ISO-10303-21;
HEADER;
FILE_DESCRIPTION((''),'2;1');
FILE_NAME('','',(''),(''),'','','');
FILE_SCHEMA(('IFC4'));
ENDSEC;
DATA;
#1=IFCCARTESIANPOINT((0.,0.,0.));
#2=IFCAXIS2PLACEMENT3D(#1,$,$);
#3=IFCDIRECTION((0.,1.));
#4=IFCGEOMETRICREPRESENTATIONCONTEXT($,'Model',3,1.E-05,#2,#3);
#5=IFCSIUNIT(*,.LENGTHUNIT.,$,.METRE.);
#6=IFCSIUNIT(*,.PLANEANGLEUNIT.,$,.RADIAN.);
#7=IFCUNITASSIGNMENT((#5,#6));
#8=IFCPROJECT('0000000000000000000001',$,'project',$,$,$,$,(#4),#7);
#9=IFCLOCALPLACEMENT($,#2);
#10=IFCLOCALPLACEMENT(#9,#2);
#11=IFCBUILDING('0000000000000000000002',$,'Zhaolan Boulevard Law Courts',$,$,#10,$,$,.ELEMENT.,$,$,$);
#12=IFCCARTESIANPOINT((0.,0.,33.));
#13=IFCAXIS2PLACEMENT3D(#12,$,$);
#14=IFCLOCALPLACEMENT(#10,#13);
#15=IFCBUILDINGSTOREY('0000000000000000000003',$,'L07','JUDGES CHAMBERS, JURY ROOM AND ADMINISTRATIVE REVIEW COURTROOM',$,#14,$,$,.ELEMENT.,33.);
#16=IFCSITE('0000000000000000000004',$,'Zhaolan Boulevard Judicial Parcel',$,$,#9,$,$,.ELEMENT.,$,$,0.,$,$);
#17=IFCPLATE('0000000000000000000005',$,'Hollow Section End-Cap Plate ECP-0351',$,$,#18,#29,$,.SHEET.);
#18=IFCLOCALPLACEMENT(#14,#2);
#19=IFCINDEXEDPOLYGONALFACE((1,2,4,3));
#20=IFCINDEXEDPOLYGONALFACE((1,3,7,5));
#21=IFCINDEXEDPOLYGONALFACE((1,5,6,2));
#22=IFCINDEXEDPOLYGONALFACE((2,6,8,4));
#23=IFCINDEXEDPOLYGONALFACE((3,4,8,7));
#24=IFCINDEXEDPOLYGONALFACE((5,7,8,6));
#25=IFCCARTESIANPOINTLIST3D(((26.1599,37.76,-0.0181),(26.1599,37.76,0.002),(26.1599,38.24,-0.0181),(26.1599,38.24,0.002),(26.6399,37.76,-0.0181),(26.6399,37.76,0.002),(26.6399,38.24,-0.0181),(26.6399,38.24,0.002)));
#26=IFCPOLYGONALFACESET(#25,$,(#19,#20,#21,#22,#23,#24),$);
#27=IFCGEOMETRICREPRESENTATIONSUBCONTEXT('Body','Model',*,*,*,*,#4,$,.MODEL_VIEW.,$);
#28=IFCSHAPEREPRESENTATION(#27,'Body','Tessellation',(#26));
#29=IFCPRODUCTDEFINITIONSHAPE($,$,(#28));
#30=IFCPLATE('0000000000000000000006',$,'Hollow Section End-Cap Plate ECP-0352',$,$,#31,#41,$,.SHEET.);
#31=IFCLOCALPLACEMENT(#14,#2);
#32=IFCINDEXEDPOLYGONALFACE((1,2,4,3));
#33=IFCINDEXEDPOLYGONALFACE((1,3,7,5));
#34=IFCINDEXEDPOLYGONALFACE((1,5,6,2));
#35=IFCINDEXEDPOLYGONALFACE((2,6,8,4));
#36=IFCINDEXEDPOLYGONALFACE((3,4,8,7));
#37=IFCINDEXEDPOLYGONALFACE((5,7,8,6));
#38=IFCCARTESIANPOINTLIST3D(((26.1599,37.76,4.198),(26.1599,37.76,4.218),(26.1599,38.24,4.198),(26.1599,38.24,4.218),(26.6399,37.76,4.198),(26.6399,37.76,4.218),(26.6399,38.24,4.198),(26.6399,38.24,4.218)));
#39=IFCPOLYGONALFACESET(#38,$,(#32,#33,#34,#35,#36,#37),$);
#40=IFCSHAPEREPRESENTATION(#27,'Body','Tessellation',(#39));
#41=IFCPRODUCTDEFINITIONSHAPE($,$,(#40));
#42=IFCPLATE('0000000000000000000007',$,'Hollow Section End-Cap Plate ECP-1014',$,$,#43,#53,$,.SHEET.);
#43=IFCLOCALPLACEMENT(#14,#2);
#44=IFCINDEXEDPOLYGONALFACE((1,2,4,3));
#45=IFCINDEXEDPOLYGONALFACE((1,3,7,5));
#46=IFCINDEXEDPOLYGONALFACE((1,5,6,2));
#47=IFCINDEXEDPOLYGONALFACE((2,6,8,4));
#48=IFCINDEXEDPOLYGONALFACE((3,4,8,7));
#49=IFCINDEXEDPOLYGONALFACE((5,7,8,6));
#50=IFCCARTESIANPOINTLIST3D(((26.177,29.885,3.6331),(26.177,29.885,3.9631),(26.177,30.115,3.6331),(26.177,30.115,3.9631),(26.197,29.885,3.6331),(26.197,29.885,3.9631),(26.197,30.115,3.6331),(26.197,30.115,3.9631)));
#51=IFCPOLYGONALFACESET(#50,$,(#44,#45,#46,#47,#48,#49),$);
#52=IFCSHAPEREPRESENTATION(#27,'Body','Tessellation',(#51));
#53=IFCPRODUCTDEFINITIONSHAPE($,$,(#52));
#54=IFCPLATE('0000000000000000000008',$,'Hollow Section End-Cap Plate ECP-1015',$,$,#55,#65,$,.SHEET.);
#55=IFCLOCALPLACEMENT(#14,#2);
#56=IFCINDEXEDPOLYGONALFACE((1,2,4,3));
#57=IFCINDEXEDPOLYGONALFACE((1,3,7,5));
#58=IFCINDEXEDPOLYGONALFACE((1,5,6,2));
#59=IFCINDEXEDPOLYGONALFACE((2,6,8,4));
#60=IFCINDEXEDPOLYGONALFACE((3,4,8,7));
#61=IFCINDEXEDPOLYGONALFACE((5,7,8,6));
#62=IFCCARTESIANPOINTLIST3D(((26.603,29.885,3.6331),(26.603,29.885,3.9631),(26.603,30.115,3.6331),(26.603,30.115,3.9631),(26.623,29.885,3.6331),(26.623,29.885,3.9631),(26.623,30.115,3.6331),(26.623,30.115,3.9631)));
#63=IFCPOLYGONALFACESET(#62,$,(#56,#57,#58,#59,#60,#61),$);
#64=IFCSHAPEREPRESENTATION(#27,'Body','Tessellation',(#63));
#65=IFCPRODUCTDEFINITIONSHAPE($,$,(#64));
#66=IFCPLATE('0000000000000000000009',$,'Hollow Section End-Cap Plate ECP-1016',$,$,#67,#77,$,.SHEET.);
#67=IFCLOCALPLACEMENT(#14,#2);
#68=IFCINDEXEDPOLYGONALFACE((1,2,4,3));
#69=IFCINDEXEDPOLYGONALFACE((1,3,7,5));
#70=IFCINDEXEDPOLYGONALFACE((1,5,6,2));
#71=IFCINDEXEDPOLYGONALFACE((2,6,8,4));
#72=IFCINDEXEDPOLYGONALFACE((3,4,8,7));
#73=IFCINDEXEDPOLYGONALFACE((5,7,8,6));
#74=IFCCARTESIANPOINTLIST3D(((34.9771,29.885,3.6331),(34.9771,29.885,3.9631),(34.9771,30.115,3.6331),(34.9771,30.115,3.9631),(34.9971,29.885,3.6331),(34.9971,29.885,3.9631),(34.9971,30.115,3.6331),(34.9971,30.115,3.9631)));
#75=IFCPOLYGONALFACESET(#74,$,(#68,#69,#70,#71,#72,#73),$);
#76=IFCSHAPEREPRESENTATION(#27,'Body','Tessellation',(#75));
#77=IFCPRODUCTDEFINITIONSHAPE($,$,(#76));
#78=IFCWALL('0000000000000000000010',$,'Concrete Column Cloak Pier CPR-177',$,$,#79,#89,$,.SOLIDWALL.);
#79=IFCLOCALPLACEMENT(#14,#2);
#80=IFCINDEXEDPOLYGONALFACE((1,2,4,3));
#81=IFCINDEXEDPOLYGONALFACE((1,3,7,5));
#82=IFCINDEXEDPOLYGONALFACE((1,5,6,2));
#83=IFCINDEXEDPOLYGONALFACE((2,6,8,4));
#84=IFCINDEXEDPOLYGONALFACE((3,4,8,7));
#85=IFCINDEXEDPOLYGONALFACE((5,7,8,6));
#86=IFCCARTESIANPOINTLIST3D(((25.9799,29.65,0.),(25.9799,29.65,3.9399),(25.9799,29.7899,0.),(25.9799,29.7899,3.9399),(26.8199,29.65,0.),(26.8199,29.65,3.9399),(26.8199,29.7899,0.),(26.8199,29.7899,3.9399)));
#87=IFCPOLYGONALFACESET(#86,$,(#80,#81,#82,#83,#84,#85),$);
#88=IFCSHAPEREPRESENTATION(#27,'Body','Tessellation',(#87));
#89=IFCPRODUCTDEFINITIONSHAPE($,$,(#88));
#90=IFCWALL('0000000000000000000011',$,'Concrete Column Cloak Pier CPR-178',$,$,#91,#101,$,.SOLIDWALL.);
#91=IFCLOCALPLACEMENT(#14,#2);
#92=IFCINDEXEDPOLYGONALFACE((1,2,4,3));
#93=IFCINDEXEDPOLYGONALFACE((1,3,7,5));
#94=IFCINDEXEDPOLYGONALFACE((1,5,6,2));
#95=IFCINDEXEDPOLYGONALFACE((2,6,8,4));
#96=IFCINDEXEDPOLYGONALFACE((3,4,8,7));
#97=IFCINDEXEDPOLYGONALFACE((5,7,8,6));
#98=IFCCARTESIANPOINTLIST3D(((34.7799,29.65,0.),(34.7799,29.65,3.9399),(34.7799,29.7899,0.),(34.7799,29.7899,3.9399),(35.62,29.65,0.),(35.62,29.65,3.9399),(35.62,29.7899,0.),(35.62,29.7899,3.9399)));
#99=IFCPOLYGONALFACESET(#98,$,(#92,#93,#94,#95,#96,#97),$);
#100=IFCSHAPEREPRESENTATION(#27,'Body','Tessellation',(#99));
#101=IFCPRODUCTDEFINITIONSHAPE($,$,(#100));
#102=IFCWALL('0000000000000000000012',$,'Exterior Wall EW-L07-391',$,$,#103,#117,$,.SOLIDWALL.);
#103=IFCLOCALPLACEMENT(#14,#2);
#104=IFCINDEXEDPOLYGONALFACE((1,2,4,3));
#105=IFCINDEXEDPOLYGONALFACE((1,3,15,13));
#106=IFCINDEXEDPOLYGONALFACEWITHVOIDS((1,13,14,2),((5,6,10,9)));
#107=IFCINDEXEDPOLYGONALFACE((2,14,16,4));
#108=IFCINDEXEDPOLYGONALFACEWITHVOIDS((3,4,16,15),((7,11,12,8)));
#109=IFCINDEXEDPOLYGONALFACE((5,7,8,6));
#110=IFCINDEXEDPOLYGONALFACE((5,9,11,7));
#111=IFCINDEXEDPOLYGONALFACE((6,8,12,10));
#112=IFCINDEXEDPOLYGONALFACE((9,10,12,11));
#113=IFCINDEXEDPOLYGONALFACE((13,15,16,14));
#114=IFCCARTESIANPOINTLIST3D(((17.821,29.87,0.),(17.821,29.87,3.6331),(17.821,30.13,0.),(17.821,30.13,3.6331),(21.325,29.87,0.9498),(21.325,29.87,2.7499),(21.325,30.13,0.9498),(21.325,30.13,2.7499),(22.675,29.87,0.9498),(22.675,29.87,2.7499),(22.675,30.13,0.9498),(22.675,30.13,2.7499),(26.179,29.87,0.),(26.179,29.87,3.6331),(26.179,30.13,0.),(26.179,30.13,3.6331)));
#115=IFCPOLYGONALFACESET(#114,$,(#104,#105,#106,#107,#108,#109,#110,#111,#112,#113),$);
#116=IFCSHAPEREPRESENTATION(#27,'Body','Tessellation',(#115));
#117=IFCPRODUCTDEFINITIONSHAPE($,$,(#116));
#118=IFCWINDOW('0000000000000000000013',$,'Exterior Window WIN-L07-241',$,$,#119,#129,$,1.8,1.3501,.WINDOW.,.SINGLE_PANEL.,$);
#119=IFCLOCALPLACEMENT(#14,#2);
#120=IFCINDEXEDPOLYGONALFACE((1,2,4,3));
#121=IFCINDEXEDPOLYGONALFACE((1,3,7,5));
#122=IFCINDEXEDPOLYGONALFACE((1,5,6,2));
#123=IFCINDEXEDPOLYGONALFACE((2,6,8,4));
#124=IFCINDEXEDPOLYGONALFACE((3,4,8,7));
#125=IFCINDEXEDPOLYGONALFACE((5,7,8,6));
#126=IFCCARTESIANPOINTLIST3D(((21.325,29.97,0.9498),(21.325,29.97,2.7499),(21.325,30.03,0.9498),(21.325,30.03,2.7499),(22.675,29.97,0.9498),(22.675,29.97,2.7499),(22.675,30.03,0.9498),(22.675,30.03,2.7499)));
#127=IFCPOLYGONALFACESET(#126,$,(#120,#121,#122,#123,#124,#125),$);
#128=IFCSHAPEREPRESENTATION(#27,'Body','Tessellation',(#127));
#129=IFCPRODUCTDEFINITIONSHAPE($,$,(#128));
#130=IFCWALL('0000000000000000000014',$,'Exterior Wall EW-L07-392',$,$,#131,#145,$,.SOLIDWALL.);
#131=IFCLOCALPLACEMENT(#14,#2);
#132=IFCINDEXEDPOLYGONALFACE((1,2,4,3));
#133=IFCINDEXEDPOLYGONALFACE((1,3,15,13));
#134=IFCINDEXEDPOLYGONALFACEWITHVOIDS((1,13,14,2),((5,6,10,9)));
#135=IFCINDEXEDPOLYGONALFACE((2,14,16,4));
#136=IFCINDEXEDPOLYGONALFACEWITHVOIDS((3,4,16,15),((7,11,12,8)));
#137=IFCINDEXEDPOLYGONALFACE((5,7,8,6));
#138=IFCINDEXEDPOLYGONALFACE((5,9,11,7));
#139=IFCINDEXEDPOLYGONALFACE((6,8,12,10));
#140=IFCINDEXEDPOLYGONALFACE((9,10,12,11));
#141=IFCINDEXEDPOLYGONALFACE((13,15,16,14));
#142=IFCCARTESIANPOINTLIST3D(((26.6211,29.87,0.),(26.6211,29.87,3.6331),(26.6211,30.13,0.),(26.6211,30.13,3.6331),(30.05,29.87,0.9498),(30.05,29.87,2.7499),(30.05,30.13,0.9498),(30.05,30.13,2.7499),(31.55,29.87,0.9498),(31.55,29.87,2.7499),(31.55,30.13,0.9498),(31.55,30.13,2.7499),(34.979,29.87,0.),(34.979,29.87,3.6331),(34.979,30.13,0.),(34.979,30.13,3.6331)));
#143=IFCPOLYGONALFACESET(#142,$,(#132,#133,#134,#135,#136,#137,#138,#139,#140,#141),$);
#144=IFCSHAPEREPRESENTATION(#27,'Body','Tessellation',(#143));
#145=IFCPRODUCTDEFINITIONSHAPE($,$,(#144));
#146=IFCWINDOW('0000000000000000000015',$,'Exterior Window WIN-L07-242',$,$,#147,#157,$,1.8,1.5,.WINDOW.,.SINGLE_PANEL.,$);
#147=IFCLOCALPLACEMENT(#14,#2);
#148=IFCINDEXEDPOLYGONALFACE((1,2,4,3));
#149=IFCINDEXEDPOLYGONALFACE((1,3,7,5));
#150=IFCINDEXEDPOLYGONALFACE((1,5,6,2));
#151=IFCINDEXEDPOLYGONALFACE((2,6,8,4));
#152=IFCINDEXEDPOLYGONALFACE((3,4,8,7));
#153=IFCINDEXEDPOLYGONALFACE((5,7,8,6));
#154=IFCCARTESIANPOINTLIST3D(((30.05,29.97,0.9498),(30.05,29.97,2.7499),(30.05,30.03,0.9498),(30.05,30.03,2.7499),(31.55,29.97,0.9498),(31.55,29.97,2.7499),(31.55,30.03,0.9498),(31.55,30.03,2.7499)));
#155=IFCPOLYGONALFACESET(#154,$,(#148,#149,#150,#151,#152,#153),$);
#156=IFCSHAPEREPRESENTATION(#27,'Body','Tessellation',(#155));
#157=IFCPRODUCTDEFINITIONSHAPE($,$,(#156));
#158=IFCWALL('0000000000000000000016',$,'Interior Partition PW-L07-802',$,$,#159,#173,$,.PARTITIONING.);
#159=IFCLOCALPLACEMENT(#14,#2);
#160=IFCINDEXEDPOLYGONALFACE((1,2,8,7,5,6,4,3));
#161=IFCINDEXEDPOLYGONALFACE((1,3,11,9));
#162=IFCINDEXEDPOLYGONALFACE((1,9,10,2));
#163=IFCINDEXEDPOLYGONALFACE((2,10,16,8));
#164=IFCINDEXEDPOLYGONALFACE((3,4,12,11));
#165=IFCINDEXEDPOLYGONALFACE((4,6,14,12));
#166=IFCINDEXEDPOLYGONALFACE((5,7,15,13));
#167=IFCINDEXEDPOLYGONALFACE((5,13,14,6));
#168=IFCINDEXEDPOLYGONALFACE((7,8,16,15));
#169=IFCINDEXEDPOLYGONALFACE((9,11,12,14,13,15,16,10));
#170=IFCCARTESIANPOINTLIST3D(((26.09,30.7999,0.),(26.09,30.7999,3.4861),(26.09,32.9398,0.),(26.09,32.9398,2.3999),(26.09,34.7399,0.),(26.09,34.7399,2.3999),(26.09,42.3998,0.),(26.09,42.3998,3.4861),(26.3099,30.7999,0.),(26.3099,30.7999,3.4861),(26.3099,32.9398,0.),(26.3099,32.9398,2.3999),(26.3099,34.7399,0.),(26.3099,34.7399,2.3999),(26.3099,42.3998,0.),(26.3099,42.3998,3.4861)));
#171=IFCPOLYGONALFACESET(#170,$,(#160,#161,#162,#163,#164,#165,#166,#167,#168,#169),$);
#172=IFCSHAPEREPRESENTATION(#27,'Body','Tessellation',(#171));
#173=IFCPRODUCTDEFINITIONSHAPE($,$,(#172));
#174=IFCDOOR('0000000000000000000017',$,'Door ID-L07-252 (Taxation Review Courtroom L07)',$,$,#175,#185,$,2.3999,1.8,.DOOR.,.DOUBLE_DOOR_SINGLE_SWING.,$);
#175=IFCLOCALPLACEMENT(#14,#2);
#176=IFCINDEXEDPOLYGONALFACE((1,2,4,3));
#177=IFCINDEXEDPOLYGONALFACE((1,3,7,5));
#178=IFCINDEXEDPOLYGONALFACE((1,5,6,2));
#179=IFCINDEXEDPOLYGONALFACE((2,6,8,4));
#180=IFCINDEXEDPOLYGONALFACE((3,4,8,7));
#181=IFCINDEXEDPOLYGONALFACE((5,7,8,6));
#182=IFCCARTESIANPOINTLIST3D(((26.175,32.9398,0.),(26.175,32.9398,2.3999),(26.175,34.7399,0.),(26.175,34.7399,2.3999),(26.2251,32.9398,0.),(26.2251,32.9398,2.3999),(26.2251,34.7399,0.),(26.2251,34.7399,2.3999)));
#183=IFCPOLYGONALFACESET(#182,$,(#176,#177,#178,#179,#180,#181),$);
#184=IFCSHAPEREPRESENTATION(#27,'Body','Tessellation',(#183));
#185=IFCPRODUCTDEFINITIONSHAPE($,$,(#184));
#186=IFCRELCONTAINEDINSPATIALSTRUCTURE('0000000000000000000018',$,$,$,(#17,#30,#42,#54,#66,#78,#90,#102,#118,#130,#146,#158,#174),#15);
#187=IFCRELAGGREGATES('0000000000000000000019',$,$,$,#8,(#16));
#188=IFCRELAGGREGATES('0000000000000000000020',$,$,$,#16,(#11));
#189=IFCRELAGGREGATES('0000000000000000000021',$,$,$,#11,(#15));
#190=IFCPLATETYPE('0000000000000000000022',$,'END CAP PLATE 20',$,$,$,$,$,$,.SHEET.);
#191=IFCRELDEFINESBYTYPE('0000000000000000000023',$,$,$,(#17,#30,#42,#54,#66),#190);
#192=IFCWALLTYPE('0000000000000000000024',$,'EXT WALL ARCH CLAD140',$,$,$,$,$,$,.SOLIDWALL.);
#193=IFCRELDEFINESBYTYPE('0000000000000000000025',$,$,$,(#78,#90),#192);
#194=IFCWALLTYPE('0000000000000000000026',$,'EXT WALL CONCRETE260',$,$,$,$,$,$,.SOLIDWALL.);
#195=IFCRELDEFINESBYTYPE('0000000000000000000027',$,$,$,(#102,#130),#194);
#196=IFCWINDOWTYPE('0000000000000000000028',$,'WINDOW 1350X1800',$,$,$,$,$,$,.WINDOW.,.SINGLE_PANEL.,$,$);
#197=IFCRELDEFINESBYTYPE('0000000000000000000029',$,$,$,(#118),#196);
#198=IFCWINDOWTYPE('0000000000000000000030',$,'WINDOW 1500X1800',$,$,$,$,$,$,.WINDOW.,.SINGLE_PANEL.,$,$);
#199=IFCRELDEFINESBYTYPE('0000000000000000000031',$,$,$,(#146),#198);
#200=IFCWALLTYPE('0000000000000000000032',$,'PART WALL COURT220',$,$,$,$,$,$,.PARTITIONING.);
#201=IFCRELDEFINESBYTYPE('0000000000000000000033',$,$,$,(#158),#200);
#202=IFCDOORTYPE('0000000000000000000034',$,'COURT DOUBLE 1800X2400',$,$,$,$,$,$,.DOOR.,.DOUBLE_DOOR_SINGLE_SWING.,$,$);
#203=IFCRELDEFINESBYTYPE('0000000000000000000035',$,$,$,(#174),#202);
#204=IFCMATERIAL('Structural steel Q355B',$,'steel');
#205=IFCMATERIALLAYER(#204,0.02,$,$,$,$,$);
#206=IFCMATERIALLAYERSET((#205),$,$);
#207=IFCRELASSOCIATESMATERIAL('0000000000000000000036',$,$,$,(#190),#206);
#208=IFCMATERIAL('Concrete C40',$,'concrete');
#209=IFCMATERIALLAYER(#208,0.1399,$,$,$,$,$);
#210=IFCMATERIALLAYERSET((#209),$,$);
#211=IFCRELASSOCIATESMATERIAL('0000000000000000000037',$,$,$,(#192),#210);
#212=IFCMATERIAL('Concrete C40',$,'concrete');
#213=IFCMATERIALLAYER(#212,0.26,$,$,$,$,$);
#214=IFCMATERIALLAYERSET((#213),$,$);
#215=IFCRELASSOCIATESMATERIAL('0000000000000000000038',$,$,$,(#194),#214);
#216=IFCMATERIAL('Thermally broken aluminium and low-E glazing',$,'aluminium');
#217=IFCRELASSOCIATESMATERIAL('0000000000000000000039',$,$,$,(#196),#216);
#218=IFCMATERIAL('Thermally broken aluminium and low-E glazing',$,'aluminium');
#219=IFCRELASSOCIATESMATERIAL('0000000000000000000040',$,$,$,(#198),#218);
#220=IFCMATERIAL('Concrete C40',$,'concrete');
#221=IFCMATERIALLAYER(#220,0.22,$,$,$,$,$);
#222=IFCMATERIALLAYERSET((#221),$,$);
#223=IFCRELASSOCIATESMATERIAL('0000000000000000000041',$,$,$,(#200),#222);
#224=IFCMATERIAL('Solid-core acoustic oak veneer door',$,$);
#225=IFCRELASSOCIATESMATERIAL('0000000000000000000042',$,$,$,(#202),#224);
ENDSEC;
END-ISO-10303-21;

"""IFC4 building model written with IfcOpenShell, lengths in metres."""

from ifc_helpers import new_model, si_unit, direction, frame, frame_2d, origin, origin_2d, place, context, subcontext, project, spatial, rectangle, extrude, material, layer, layer_set, type_object, element, fill, save


model = new_model("IFC4")

# Units and contexts
model_context = context("Model", 3, precision=1e-05, world=origin(), true_north=direction((0.0, 1.0)))
body_context = subcontext(model_context, "Body", "Model", "MODEL_VIEW")
ifc_project = project(units=[si_unit("LENGTHUNIT", "METRE"), si_unit("PLANEANGLEUNIT", "RADIAN")], contexts=[model_context])

# Site, building, storey
site_placement = place(None, origin())
site = spatial("IfcSite", under=ifc_project, at=site_placement, Name="Zhaolan Boulevard Judicial Parcel", CompositionType="ELEMENT", RefElevation=0.0)
building_placement = place(site_placement, origin())
building = spatial("IfcBuilding", under=site, at=building_placement, Name="Zhaolan Boulevard Law Courts", CompositionType="ELEMENT")
storey_placement = place(building_placement, frame((0.0, 0.0, 33.0)))
storey = spatial("IfcBuildingStorey", under=building, at=storey_placement, Name="L07", Description="JUDGES CHAMBERS, JURY ROOM AND ADMINISTRATIVE REVIEW COURTROOM", CompositionType="ELEMENT", Elevation=33.0)

# Plates
ifc_material_1 = material(Name="Structural steel Q355B", Category="steel")
ifc_layer_1 = layer(ifc_material_1, 0.02)
ifc_layer_set_1 = layer_set([ifc_layer_1])
plate_type = type_object("IfcPlateType", Name="END CAP PLATE 20", PredefinedType="SHEET", material=ifc_layer_set_1)
for number, where, z_axis, x_axis, name in (
    (1, (26.3999, 38.0, -0.0181), (0.0, 0.0, 1.0), (1.0, 0.0, 0.0), "Hollow Section End-Cap Plate ECP-0351"),
    (2, (26.3999, 38.0, 4.198), (0.0, 0.0, 1.0), (1.0, 0.0, 0.0), "Hollow Section End-Cap Plate ECP-0352"),
):
    element("IfcPlate", number, at=place(storey_placement, frame(where, z_axis=z_axis, x_axis=x_axis)), inside=storey, type_object=plate_type, Name=name, PredefinedType="SHEET", context=body_context, shape_type="SweptSolid", body=[
        extrude(rectangle(XDim=0.48, YDim=0.48, at=origin_2d()), origin(), (0.0, 0.0, 1.0), 0.02),
    ])
for number, where, z_axis, x_axis, name in (
    (3, (26.187, 30.0, 3.6331), (0.0, 0.0, 1.0), (1.0, 0.0, 0.0), "Hollow Section End-Cap Plate ECP-1014"),
    (4, (26.613, 30.0, 3.6331), (0.0, 0.0, 1.0), (1.0, 0.0, 0.0), "Hollow Section End-Cap Plate ECP-1015"),
    (5, (34.9871, 30.0, 3.6331), (0.0, 0.0, 1.0), (1.0, 0.0, 0.0), "Hollow Section End-Cap Plate ECP-1016"),
):
    element("IfcPlate", number, at=place(storey_placement, frame(where, z_axis=z_axis, x_axis=x_axis)), inside=storey, type_object=plate_type, Name=name, PredefinedType="SHEET", context=body_context, shape_type="SweptSolid", body=[
        extrude(rectangle(XDim=0.02, YDim=0.23, at=origin_2d()), origin(), (0.0, 0.0, 1.0), 0.3301),
    ])

# Walls
ifc_material_2 = material(Name="Concrete C40", Category="concrete")
ifc_layer_2 = layer(ifc_material_2, 0.1399)
ifc_layer_set_2 = layer_set([ifc_layer_2])
wall_type_1 = type_object("IfcWallType", Name="EXT WALL ARCH CLAD140", PredefinedType="SOLIDWALL", material=ifc_layer_set_2)
for number, where, z_axis, x_axis, name in (
    (6, (25.98, 29.72, 0.0), (0.0, 0.0, 1.0), (1.0, 0.0, 0.0), "Concrete Column Cloak Pier CPR-177"),
    (7, (34.78, 29.72, 0.0), (0.0, 0.0, 1.0), (1.0, 0.0, 0.0), "Concrete Column Cloak Pier CPR-178"),
):
    element("IfcWall", number, at=place(storey_placement, frame(where, z_axis=z_axis, x_axis=x_axis)), inside=storey, type_object=wall_type_1, Name=name, PredefinedType="SOLIDWALL", context=body_context, shape_type="SweptSolid", body=[
        extrude(rectangle(XDim=0.8401, YDim=0.1399, at=frame_2d((0.4199, 0.0))), origin(), (0.0, 0.0, 1.0), 3.9399),
    ])

# Walls, openings, windows
ifc_material_3 = material(Name="Concrete C40", Category="concrete")
ifc_layer_3 = layer(ifc_material_3, 0.26)
ifc_layer_set_3 = layer_set([ifc_layer_3])
wall_type_2 = type_object("IfcWallType", Name="EXT WALL CONCRETE260", PredefinedType="SOLIDWALL", material=ifc_layer_set_3)
wall_1_placement = place(storey_placement, frame((17.821, 30.0, 0.0), z_axis=(0.0, 0.0, 1.0), x_axis=(1.0, 0.0, 0.0)))
wall_1 = element("IfcWall", 8, at=wall_1_placement, inside=storey, type_object=wall_type_2, Name="Exterior Wall EW-L07-391", PredefinedType="SOLIDWALL", context=body_context, shape_type="SweptSolid", body=[
    extrude(rectangle(XDim=8.3579, YDim=0.26, at=frame_2d((4.179, 0.0))), origin(), (0.0, 0.0, 1.0), 3.6331),
])
opening_1_placement = place(wall_1_placement, frame((3.5039, 0.0, 0.95)))
opening_1 = element("IfcOpeningElement", 9, at=opening_1_placement, cuts=wall_1, PredefinedType="OPENING", context=body_context, shape_type="SweptSolid", body=[
    extrude(rectangle(XDim=1.3501, YDim=1.8, at=frame_2d((0.675, 0.8999))), frame((0.0, 0.1399, 0.0), z_axis=(0.0, -1.0, 0.0), x_axis=(1.0, 0.0, 0.0)), (0.0, 0.0, 1.0), 0.28),
])
ifc_material_4 = material(Name="Thermally broken aluminium and low-E glazing", Category="aluminium")
window_type_1 = type_object("IfcWindowType", Name="WINDOW 1350X1800", PartitioningType="SINGLE_PANEL", PredefinedType="WINDOW", material=ifc_material_4)
window_1_placement = place(opening_1_placement, origin())
window_1 = element("IfcWindow", 10, at=window_1_placement, inside=storey, type_object=window_type_1, Name="Exterior Window WIN-L07-241", OverallHeight=1.8, OverallWidth=1.3501, PartitioningType="SINGLE_PANEL", PredefinedType="WINDOW", context=body_context, shape_type="SweptSolid", body=[
    extrude(rectangle(XDim=1.3501, YDim=1.8, at=frame_2d((0.675, 0.8999))), frame((0.0, 0.03, 0.0), z_axis=(0.0, -1.0, 0.0), x_axis=(1.0, 0.0, 0.0)), (0.0, 0.0, 1.0), 0.0601),
])
fill(opening_1, window_1)
wall_2_placement = place(storey_placement, frame((26.6211, 30.0, 0.0), z_axis=(0.0, 0.0, 1.0), x_axis=(1.0, 0.0, 0.0)))
wall_2 = element("IfcWall", 11, at=wall_2_placement, inside=storey, type_object=wall_type_2, Name="Exterior Wall EW-L07-392", PredefinedType="SOLIDWALL", context=body_context, shape_type="SweptSolid", body=[
    extrude(rectangle(XDim=8.3579, YDim=0.26, at=frame_2d((4.179, 0.0))), origin(), (0.0, 0.0, 1.0), 3.6331),
])
opening_2_placement = place(wall_2_placement, frame((3.429, 0.0, 0.95)))
opening_2 = element("IfcOpeningElement", 12, at=opening_2_placement, cuts=wall_2, PredefinedType="OPENING", context=body_context, shape_type="SweptSolid", body=[
    extrude(rectangle(XDim=1.5, YDim=1.8, at=frame_2d((0.75, 0.8999))), frame((0.0, 0.1399, 0.0), z_axis=(0.0, -1.0, 0.0), x_axis=(1.0, 0.0, 0.0)), (0.0, 0.0, 1.0), 0.28),
])
ifc_material_5 = material(Name="Thermally broken aluminium and low-E glazing", Category="aluminium")
window_type_2 = type_object("IfcWindowType", Name="WINDOW 1500X1800", PartitioningType="SINGLE_PANEL", PredefinedType="WINDOW", material=ifc_material_5)
window_2_placement = place(opening_2_placement, origin())
window_2 = element("IfcWindow", 13, at=window_2_placement, inside=storey, type_object=window_type_2, Name="Exterior Window WIN-L07-242", OverallHeight=1.8, OverallWidth=1.5, PartitioningType="SINGLE_PANEL", PredefinedType="WINDOW", context=body_context, shape_type="SweptSolid", body=[
    extrude(rectangle(XDim=1.5, YDim=1.8, at=frame_2d((0.75, 0.8999))), frame((0.0, 0.03, 0.0), z_axis=(0.0, -1.0, 0.0), x_axis=(1.0, 0.0, 0.0)), (0.0, 0.0, 1.0), 0.0601),
])
fill(opening_2, window_2)

# Wall, opening, door
ifc_material_6 = material(Name="Concrete C40", Category="concrete")
ifc_layer_4 = layer(ifc_material_6, 0.22)
ifc_layer_set_4 = layer_set([ifc_layer_4])
wall_type_3 = type_object("IfcWallType", Name="PART WALL COURT220", PredefinedType="PARTITIONING", material=ifc_layer_set_4)
wall_3_placement = place(storey_placement, frame((26.2, 30.8, 0.0), z_axis=(0.0, 0.0, 1.0), x_axis=(0.0, 1.0, 0.0)))
wall_3 = element("IfcWall", 14, at=wall_3_placement, inside=storey, type_object=wall_type_3, Name="Interior Partition PW-L07-802", PredefinedType="PARTITIONING", context=body_context, shape_type="SweptSolid", body=[
    extrude(rectangle(XDim=11.5999, YDim=0.22, at=frame_2d((5.7998, 0.0))), origin(), (0.0, 0.0, 1.0), 3.4861),
])
opening_3_placement = place(wall_3_placement, frame((2.1399, 0.0, 0.0)))
opening_3 = element("IfcOpeningElement", 15, at=opening_3_placement, cuts=wall_3, PredefinedType="OPENING", context=body_context, shape_type="SweptSolid", body=[
    extrude(rectangle(XDim=1.8, YDim=2.3999, at=frame_2d((0.8999, 1.2))), frame((0.0, 0.1199, 0.0), z_axis=(0.0, -1.0, 0.0), x_axis=(1.0, 0.0, 0.0)), (0.0, 0.0, 1.0), 0.24),
])
ifc_material_7 = material(Name="Solid-core acoustic oak veneer door")
door_type = type_object("IfcDoorType", Name="COURT DOUBLE 1800X2400", OperationType="DOUBLE_DOOR_SINGLE_SWING", PredefinedType="DOOR", material=ifc_material_7)
door_placement = place(opening_3_placement, origin())
door = element("IfcDoor", 16, at=door_placement, inside=storey, type_object=door_type, Name="Door ID-L07-252 (Taxation Review Courtroom L07)", OperationType="DOUBLE_DOOR_SINGLE_SWING", OverallHeight=2.3999, OverallWidth=1.8, PredefinedType="DOOR", context=body_context, shape_type="SweptSolid", body=[
    extrude(rectangle(XDim=1.8, YDim=2.3999, at=frame_2d((0.8999, 1.2))), frame((0.0, 0.0249, 0.0), z_axis=(0.0, -1.0, 0.0), x_axis=(1.0, 0.0, 0.0)), (0.0, 0.0, 1.0), 0.05),
])
fill(opening_3, door)

save(model, "model.ifc")
